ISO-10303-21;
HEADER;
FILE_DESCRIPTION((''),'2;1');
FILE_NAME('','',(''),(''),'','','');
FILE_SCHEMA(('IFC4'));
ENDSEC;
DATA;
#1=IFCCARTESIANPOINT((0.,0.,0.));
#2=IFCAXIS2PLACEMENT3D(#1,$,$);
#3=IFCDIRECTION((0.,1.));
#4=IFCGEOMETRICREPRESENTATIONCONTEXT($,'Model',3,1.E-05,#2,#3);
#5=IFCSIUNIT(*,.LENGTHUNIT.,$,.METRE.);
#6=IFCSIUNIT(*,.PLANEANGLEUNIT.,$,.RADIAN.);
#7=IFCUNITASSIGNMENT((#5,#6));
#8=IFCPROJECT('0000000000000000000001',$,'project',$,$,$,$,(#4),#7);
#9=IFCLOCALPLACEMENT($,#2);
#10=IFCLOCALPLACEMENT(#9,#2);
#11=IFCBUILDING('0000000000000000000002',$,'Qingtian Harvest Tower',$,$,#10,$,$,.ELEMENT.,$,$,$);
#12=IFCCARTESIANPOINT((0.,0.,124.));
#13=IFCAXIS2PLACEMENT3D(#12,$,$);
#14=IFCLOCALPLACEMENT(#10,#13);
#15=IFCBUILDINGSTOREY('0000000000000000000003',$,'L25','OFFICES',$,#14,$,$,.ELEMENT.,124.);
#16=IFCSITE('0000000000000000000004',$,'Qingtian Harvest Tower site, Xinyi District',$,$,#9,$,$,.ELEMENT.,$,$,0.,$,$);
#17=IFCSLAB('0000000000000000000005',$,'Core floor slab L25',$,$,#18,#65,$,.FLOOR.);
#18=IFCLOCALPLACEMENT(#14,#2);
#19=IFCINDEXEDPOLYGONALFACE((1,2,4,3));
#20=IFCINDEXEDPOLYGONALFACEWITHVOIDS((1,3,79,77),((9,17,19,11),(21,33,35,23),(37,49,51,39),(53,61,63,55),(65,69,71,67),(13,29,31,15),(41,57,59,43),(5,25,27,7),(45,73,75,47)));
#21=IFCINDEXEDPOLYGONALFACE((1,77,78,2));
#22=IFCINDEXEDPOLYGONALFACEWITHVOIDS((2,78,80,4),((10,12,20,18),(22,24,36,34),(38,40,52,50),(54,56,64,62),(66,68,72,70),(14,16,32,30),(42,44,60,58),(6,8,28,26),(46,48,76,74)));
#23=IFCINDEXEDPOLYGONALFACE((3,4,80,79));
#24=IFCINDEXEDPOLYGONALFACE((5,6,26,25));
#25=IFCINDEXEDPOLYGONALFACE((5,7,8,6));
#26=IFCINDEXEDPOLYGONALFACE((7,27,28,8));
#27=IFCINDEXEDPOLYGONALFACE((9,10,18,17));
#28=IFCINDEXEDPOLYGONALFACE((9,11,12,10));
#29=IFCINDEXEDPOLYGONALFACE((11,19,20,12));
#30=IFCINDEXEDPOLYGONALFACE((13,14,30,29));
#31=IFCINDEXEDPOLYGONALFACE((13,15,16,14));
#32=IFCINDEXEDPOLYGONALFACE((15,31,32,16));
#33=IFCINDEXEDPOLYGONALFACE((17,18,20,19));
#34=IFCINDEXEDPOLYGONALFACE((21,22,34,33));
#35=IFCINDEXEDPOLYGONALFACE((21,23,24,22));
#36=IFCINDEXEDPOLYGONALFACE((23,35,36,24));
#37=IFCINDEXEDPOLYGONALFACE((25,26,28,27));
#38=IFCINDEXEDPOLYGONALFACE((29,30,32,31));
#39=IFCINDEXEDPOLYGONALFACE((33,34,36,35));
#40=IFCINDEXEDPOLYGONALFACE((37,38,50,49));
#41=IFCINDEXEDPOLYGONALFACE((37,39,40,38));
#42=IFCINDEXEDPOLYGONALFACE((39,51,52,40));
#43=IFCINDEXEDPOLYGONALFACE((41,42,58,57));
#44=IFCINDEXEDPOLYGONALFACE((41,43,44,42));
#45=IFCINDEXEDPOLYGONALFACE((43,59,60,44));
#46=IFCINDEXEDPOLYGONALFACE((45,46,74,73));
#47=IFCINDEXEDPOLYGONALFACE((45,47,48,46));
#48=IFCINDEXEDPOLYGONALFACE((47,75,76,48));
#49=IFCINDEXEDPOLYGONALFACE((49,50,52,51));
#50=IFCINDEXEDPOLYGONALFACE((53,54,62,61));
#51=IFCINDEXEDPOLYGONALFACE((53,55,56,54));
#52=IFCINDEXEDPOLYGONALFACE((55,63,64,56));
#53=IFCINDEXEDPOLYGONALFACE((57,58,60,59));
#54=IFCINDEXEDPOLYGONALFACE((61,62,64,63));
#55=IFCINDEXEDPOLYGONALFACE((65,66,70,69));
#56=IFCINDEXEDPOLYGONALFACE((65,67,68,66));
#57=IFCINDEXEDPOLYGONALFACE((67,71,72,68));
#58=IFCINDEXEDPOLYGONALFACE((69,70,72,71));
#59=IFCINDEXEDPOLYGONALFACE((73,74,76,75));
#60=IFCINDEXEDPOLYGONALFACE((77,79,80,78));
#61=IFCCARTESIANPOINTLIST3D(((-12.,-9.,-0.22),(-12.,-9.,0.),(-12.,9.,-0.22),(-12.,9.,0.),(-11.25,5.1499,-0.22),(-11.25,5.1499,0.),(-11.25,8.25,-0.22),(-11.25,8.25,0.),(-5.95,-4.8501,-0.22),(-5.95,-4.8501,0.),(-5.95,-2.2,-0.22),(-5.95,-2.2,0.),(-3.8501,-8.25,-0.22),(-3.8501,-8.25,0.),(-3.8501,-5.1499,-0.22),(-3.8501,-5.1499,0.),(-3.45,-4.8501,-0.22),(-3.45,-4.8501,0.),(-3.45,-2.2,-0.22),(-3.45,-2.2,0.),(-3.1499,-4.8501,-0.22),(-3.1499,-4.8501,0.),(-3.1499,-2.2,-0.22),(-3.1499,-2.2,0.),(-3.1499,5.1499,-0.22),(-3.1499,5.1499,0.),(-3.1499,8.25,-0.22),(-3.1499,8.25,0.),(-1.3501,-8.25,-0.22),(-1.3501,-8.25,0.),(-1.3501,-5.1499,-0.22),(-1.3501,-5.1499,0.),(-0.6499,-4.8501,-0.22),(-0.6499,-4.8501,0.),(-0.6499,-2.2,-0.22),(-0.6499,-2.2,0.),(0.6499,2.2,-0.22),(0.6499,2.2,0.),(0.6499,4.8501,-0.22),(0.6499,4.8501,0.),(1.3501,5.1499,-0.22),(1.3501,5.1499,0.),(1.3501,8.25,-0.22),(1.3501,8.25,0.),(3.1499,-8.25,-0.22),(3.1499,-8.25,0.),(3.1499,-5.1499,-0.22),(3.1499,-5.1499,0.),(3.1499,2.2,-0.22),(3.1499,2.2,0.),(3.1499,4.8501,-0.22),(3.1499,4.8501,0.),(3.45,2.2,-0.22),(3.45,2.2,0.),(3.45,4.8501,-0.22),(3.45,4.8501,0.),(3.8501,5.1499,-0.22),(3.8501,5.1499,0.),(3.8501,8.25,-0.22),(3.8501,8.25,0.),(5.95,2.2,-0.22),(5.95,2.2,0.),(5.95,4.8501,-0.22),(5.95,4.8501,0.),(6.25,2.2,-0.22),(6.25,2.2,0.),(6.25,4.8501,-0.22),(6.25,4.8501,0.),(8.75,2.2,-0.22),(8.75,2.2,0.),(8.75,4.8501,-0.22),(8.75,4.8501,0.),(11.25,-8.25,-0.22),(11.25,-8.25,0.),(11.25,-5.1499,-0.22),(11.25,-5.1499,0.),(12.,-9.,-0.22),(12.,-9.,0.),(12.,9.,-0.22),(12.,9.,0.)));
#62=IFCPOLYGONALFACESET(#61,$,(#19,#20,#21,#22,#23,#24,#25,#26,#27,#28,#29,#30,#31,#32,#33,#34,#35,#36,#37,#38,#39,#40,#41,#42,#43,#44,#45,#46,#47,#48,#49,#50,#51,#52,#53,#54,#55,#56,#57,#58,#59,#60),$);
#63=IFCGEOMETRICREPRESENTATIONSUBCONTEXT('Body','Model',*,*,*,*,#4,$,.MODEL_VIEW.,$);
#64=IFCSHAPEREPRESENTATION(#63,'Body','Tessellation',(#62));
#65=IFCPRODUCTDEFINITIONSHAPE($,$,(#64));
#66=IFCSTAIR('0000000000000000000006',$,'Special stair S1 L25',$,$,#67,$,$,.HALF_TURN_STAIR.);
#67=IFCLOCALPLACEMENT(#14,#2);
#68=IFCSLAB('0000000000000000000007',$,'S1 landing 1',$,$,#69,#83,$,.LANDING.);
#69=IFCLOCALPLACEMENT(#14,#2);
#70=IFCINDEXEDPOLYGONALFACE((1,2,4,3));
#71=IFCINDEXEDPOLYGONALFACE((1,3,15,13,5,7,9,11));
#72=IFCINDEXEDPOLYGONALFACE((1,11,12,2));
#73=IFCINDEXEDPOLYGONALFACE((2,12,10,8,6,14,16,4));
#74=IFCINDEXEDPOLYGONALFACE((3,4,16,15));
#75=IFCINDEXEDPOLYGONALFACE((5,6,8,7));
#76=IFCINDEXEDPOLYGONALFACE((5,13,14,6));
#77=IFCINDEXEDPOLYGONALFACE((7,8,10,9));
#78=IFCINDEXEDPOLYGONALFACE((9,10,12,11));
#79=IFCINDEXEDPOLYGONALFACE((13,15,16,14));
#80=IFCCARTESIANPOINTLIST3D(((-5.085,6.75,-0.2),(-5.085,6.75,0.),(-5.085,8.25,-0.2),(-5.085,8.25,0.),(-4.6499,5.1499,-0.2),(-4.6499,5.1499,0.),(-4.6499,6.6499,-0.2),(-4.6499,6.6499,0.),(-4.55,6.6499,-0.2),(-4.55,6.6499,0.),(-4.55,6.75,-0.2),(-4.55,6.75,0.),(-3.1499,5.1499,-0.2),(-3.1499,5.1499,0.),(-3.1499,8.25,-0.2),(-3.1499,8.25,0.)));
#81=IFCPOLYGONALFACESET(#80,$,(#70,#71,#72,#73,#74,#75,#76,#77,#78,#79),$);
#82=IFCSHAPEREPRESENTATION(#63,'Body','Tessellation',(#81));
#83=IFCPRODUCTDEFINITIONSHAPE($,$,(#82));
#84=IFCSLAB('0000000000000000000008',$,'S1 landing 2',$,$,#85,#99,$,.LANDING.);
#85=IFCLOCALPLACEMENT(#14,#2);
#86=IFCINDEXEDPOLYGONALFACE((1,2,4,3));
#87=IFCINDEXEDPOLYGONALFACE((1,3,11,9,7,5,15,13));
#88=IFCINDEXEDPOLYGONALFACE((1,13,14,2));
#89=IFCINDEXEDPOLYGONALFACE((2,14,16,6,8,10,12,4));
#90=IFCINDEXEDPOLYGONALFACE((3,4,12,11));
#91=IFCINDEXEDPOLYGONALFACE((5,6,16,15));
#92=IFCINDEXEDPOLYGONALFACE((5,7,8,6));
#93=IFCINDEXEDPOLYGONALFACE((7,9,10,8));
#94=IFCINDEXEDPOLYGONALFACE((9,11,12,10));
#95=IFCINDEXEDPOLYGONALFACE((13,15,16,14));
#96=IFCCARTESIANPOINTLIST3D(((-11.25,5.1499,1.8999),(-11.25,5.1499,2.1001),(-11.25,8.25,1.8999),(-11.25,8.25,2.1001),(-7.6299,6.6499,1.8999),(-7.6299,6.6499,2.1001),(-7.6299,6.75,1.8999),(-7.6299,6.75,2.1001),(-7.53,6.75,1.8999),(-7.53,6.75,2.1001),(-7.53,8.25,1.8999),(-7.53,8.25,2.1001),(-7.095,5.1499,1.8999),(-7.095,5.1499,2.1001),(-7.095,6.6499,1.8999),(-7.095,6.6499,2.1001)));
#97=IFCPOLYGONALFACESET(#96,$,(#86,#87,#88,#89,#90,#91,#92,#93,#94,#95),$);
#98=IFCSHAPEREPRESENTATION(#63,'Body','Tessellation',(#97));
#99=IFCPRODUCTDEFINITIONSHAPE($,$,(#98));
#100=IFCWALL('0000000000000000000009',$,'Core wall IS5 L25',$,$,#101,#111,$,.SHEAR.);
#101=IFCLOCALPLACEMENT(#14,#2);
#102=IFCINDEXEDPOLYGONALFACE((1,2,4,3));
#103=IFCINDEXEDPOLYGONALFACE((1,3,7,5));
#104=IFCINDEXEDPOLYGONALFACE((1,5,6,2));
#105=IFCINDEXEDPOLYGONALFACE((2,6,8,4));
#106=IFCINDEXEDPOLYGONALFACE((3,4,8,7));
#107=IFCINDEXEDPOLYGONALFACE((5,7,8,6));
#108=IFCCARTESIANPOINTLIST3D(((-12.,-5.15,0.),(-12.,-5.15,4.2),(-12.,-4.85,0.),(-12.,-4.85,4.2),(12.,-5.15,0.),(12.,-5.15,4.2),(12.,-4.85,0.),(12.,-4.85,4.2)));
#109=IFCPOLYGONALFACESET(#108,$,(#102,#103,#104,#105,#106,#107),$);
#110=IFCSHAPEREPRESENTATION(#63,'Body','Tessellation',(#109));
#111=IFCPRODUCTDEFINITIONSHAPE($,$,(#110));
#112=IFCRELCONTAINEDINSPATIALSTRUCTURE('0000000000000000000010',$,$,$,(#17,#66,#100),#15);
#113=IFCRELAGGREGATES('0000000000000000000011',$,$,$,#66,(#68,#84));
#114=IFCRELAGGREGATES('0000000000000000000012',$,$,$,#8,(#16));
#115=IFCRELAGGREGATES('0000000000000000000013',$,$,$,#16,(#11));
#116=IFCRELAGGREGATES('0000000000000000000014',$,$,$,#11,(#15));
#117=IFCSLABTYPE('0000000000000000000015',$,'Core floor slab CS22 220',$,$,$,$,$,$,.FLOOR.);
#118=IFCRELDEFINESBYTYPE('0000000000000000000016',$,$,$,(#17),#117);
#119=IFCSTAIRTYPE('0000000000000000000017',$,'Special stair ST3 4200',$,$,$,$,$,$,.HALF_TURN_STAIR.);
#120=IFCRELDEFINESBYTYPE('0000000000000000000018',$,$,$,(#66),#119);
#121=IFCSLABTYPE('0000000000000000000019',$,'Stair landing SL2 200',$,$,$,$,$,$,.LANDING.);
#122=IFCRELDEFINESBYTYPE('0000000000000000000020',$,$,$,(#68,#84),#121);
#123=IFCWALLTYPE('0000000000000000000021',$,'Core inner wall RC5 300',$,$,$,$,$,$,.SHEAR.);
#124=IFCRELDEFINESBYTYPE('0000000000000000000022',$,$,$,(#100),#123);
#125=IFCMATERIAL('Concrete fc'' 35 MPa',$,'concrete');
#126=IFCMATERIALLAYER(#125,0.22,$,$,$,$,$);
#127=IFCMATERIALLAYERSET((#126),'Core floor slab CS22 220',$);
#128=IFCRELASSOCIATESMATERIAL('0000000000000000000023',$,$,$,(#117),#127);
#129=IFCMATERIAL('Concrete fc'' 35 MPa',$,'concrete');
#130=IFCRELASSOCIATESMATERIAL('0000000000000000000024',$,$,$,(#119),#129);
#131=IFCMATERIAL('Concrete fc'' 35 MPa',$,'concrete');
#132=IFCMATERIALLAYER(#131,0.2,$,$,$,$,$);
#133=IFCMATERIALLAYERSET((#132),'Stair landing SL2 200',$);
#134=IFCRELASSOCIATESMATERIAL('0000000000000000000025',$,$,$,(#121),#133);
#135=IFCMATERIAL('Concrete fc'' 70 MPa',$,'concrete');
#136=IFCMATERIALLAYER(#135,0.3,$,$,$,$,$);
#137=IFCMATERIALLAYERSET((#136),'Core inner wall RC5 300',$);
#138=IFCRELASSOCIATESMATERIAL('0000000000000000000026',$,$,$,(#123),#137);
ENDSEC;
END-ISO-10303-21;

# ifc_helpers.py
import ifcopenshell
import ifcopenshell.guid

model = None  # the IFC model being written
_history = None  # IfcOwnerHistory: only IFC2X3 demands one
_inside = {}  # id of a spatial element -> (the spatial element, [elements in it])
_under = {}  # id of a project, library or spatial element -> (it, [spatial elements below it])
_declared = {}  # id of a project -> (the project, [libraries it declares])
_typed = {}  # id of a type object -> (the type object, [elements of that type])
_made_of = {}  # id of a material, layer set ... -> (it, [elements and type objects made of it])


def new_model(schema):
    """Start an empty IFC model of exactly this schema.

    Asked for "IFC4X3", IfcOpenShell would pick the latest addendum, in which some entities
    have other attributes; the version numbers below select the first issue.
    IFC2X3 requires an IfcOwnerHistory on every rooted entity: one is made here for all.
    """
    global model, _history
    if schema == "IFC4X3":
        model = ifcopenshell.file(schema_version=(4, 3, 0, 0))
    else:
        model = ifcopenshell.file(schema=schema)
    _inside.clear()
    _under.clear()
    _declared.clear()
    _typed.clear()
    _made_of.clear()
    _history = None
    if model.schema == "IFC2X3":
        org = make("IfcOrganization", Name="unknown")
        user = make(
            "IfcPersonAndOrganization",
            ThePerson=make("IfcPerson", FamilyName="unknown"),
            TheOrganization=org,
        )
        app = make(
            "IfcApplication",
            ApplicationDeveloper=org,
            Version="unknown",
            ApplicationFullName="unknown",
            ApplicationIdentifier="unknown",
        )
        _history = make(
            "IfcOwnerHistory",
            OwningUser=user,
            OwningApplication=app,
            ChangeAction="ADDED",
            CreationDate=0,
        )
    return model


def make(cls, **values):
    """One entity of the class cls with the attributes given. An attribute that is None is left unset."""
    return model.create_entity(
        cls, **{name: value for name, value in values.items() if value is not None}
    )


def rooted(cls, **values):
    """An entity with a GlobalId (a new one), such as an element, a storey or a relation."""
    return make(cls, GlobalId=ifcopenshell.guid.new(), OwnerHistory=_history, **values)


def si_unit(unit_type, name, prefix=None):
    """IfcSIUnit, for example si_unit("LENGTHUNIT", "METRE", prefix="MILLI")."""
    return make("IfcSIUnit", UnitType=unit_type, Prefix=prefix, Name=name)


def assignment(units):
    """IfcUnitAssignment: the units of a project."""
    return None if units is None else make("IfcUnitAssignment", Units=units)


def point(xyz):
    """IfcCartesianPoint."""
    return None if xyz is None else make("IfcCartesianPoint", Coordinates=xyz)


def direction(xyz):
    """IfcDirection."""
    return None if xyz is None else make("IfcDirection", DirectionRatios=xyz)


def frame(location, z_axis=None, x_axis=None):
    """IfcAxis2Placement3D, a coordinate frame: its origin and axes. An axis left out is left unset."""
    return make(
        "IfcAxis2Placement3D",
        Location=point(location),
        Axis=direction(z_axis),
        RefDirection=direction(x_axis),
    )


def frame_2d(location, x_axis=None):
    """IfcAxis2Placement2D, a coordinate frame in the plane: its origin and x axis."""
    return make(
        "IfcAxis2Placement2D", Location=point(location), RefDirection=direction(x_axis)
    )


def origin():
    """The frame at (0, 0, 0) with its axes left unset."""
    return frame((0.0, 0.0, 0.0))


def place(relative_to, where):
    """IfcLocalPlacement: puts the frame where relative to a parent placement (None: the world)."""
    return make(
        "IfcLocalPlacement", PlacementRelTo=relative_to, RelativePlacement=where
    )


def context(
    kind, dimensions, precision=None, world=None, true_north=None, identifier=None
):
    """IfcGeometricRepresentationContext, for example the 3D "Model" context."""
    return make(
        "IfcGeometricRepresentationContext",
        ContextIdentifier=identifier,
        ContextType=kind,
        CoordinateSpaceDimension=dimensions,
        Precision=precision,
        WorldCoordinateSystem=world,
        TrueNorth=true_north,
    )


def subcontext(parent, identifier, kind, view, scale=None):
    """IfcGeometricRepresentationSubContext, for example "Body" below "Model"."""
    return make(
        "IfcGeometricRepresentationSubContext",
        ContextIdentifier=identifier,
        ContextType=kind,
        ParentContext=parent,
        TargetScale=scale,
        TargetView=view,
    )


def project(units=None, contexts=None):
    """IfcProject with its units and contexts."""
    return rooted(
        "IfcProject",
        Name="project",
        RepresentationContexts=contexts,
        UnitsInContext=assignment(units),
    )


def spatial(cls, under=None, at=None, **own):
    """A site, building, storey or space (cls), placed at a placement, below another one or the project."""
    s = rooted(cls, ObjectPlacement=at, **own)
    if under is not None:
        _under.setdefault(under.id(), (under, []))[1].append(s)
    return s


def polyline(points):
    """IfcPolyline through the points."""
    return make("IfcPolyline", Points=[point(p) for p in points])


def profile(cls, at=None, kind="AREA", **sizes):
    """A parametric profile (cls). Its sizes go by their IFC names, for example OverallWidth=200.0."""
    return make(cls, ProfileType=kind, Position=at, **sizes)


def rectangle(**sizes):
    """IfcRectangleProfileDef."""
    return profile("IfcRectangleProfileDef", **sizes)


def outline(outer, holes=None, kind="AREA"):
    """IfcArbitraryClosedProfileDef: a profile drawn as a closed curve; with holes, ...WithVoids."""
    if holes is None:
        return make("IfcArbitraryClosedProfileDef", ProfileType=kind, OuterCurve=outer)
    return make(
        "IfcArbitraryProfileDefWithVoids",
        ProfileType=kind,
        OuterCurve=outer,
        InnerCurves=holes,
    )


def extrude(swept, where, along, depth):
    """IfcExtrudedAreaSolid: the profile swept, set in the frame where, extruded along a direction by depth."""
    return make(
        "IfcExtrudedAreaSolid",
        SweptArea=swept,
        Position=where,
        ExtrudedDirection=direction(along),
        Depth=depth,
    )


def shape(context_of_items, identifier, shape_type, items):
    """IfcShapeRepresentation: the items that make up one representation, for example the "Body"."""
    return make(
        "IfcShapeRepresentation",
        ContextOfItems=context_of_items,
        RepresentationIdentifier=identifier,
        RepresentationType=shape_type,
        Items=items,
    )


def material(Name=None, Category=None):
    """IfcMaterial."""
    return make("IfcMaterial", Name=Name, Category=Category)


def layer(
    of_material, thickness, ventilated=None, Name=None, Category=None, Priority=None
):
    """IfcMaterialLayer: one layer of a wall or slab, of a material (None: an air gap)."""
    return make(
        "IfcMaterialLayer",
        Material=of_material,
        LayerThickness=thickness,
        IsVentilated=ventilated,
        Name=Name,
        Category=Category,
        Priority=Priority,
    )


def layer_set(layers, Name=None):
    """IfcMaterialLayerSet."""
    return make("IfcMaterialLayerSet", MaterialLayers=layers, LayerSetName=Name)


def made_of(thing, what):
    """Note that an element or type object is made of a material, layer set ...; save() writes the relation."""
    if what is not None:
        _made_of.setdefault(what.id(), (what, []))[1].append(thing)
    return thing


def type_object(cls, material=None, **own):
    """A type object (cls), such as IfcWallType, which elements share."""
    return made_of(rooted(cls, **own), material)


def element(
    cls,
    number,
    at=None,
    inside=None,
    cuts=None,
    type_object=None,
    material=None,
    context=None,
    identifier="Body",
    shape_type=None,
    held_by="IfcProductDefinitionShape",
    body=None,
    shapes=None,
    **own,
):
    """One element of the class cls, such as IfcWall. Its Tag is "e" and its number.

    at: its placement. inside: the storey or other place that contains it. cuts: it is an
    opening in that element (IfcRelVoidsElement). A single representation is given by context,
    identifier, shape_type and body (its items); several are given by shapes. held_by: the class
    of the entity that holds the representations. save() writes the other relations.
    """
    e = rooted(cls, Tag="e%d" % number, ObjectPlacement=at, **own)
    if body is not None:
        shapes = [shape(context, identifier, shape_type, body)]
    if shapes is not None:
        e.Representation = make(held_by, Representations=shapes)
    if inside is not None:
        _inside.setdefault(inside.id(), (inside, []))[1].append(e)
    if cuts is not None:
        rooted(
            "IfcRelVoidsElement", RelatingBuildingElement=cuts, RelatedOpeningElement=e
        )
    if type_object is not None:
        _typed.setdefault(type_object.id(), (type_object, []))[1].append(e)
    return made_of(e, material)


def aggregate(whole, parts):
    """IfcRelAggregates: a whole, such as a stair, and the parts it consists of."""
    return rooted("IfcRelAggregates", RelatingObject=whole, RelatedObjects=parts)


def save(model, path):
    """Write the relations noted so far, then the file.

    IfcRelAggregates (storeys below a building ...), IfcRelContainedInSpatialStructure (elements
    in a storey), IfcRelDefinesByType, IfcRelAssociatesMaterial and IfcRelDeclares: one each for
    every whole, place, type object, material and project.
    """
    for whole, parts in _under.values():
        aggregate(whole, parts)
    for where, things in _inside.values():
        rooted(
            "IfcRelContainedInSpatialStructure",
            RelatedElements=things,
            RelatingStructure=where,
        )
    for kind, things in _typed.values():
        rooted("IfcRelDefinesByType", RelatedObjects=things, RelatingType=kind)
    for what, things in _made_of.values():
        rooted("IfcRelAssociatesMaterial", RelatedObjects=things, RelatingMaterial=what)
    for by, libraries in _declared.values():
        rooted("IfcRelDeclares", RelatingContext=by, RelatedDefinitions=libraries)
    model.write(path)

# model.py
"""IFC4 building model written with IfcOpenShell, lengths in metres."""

from ifc_helpers import new_model, si_unit, direction, frame, frame_2d, origin, place, context, subcontext, project, spatial, polyline, rectangle, outline, extrude, material, layer, layer_set, type_object, element, aggregate, save


model = new_model("IFC4")

# Units and contexts
model_context = context("Model", 3, precision=1e-05, world=origin(), true_north=direction((0.0, 1.0)))
body_context = subcontext(model_context, "Body", "Model", "MODEL_VIEW")
ifc_project = project(units=[si_unit("LENGTHUNIT", "METRE"), si_unit("PLANEANGLEUNIT", "RADIAN")], contexts=[model_context])

# Site, building, storey
site_placement = place(None, origin())
site = spatial("IfcSite", under=ifc_project, at=site_placement, Name="Qingtian Harvest Tower site, Xinyi District", CompositionType="ELEMENT", RefElevation=0.0)
building_placement = place(site_placement, origin())
building = spatial("IfcBuilding", under=site, at=building_placement, Name="Qingtian Harvest Tower", CompositionType="ELEMENT")
storey_placement = place(building_placement, frame((0.0, 0.0, 124.0)))
storey = spatial("IfcBuildingStorey", under=building, at=storey_placement, Name="L25", Description="OFFICES", CompositionType="ELEMENT", Elevation=124.0)

# Slab
ifc_material_1 = material(Name="Concrete fc' 35 MPa", Category="concrete")
ifc_layer_1 = layer(ifc_material_1, 0.22)
ifc_layer_set_1 = layer_set([ifc_layer_1], Name="Core floor slab CS22 220")
slab_type_1 = type_object("IfcSlabType", Name="Core floor slab CS22 220", PredefinedType="FLOOR", material=ifc_layer_set_1)
slab_1_placement = place(storey_placement, frame((0.0, 0.0, -0.22)))
element("IfcSlab", 1, at=slab_1_placement, inside=storey, type_object=slab_type_1, Name="Core floor slab L25", PredefinedType="FLOOR", context=body_context, shape_type="SweptSolid", body=[
    extrude(outline(polyline([(-12.0, -9.0), (12.0, -9.0), (12.0, 9.0), (-12.0, 9.0), (-12.0, -9.0)]), holes=[polyline([(-11.25, 5.1499), (-3.1499, 5.1499), (-3.1499, 8.25), (-11.25, 8.25), (-11.25, 5.1499)]), polyline([(3.1499, -8.25), (11.25, -8.25), (11.25, -5.1499), (3.1499, -5.1499), (3.1499, -8.25)]), polyline([(1.3501, 5.1499), (3.8501, 5.1499), (3.8501, 8.25), (1.3501, 8.25), (1.3501, 5.1499)]), polyline([(-3.8501, -8.25), (-1.3501, -8.25), (-1.3501, -5.1499), (-3.8501, -5.1499), (-3.8501, -8.25)]), polyline([(0.6499, 2.2), (3.1499, 2.2), (3.1499, 4.8501), (0.6499, 4.8501), (0.6499, 2.2)]), polyline([(3.45, 2.2), (5.95, 2.2), (5.95, 4.8501), (3.45, 4.8501), (3.45, 2.2)]), polyline([(6.25, 2.2), (8.75, 2.2), (8.75, 4.8501), (6.25, 4.8501), (6.25, 2.2)]), polyline([(-5.95, -4.8501), (-3.45, -4.8501), (-3.45, -2.2), (-5.95, -2.2), (-5.95, -4.8501)]), polyline([(-3.1499, -4.8501), (-0.6499, -4.8501), (-0.6499, -2.2), (-3.1499, -2.2), (-3.1499, -4.8501)])]), origin(), (0.0, 0.0, 1.0), 0.22),
])

# Stair, slabs
ifc_material_2 = material(Name="Concrete fc' 35 MPa", Category="concrete")
stair_type = type_object("IfcStairType", Name="Special stair ST3 4200", PredefinedType="HALF_TURN_STAIR", material=ifc_material_2)
stair_placement = place(storey_placement, origin())
stair = element("IfcStair", 2, at=stair_placement, inside=storey, type_object=stair_type, Name="Special stair S1 L25", PredefinedType="HALF_TURN_STAIR")
ifc_material_3 = material(Name="Concrete fc' 35 MPa", Category="concrete")
ifc_layer_2 = layer(ifc_material_3, 0.2)
ifc_layer_set_2 = layer_set([ifc_layer_2], Name="Stair landing SL2 200")
slab_type_2 = type_object("IfcSlabType", Name="Stair landing SL2 200", PredefinedType="LANDING", material=ifc_layer_set_2)
slab_2_placement = place(storey_placement, frame((0.0, 0.0, -0.2)))
slab_2 = element("IfcSlab", 3, at=slab_2_placement, type_object=slab_type_2, Name="S1 landing 1", PredefinedType="LANDING", context=body_context, shape_type="SweptSolid", body=[
    extrude(outline(polyline([(-4.6499, 5.1499), (-4.6499, 6.6499), (-4.55, 6.6499), (-4.55, 6.75), (-5.085, 6.75), (-5.085, 8.25), (-3.1499, 8.25), (-3.1499, 5.1499), (-4.6499, 5.1499)])), origin(), (0.0, 0.0, 1.0), 0.2),
])
slab_3_placement = place(storey_placement, frame((0.0, 0.0, 1.8999)))
slab_3 = element("IfcSlab", 4, at=slab_3_placement, type_object=slab_type_2, Name="S1 landing 2", PredefinedType="LANDING", context=body_context, shape_type="SweptSolid", body=[
    extrude(outline(polyline([(-7.095, 5.1499), (-11.25, 5.1499), (-11.25, 8.25), (-7.53, 8.25), (-7.53, 6.75), (-7.6299, 6.75), (-7.6299, 6.6499), (-7.095, 6.6499), (-7.095, 5.1499)])), origin(), (0.0, 0.0, 1.0), 0.2002),
])
aggregate(stair, [slab_2, slab_3])

# Wall
ifc_material_4 = material(Name="Concrete fc' 70 MPa", Category="concrete")
ifc_layer_3 = layer(ifc_material_4, 0.3)
ifc_layer_set_3 = layer_set([ifc_layer_3], Name="Core inner wall RC5 300")
wall_type_1 = type_object("IfcWallType", Name="Core inner wall RC5 300", PredefinedType="SHEAR", material=ifc_layer_set_3)
wall_1_placement = place(storey_placement, frame((-12.0, -5.0, 0.0), z_axis=(0.0, 0.0, 1.0), x_axis=(1.0, 0.0, 0.0)))
element("IfcWall", 5, at=wall_1_placement, inside=storey, type_object=wall_type_1, Name="Core wall IS5 L25", PredefinedType="SHEAR", context=body_context, shape_type="SweptSolid", body=[
    extrude(rectangle(XDim=24.0, YDim=0.3, at=frame_2d((12.0, 0.0))), origin(), (0.0, 0.0, 1.0), 4.2),
])

save(model, "model.ifc")
